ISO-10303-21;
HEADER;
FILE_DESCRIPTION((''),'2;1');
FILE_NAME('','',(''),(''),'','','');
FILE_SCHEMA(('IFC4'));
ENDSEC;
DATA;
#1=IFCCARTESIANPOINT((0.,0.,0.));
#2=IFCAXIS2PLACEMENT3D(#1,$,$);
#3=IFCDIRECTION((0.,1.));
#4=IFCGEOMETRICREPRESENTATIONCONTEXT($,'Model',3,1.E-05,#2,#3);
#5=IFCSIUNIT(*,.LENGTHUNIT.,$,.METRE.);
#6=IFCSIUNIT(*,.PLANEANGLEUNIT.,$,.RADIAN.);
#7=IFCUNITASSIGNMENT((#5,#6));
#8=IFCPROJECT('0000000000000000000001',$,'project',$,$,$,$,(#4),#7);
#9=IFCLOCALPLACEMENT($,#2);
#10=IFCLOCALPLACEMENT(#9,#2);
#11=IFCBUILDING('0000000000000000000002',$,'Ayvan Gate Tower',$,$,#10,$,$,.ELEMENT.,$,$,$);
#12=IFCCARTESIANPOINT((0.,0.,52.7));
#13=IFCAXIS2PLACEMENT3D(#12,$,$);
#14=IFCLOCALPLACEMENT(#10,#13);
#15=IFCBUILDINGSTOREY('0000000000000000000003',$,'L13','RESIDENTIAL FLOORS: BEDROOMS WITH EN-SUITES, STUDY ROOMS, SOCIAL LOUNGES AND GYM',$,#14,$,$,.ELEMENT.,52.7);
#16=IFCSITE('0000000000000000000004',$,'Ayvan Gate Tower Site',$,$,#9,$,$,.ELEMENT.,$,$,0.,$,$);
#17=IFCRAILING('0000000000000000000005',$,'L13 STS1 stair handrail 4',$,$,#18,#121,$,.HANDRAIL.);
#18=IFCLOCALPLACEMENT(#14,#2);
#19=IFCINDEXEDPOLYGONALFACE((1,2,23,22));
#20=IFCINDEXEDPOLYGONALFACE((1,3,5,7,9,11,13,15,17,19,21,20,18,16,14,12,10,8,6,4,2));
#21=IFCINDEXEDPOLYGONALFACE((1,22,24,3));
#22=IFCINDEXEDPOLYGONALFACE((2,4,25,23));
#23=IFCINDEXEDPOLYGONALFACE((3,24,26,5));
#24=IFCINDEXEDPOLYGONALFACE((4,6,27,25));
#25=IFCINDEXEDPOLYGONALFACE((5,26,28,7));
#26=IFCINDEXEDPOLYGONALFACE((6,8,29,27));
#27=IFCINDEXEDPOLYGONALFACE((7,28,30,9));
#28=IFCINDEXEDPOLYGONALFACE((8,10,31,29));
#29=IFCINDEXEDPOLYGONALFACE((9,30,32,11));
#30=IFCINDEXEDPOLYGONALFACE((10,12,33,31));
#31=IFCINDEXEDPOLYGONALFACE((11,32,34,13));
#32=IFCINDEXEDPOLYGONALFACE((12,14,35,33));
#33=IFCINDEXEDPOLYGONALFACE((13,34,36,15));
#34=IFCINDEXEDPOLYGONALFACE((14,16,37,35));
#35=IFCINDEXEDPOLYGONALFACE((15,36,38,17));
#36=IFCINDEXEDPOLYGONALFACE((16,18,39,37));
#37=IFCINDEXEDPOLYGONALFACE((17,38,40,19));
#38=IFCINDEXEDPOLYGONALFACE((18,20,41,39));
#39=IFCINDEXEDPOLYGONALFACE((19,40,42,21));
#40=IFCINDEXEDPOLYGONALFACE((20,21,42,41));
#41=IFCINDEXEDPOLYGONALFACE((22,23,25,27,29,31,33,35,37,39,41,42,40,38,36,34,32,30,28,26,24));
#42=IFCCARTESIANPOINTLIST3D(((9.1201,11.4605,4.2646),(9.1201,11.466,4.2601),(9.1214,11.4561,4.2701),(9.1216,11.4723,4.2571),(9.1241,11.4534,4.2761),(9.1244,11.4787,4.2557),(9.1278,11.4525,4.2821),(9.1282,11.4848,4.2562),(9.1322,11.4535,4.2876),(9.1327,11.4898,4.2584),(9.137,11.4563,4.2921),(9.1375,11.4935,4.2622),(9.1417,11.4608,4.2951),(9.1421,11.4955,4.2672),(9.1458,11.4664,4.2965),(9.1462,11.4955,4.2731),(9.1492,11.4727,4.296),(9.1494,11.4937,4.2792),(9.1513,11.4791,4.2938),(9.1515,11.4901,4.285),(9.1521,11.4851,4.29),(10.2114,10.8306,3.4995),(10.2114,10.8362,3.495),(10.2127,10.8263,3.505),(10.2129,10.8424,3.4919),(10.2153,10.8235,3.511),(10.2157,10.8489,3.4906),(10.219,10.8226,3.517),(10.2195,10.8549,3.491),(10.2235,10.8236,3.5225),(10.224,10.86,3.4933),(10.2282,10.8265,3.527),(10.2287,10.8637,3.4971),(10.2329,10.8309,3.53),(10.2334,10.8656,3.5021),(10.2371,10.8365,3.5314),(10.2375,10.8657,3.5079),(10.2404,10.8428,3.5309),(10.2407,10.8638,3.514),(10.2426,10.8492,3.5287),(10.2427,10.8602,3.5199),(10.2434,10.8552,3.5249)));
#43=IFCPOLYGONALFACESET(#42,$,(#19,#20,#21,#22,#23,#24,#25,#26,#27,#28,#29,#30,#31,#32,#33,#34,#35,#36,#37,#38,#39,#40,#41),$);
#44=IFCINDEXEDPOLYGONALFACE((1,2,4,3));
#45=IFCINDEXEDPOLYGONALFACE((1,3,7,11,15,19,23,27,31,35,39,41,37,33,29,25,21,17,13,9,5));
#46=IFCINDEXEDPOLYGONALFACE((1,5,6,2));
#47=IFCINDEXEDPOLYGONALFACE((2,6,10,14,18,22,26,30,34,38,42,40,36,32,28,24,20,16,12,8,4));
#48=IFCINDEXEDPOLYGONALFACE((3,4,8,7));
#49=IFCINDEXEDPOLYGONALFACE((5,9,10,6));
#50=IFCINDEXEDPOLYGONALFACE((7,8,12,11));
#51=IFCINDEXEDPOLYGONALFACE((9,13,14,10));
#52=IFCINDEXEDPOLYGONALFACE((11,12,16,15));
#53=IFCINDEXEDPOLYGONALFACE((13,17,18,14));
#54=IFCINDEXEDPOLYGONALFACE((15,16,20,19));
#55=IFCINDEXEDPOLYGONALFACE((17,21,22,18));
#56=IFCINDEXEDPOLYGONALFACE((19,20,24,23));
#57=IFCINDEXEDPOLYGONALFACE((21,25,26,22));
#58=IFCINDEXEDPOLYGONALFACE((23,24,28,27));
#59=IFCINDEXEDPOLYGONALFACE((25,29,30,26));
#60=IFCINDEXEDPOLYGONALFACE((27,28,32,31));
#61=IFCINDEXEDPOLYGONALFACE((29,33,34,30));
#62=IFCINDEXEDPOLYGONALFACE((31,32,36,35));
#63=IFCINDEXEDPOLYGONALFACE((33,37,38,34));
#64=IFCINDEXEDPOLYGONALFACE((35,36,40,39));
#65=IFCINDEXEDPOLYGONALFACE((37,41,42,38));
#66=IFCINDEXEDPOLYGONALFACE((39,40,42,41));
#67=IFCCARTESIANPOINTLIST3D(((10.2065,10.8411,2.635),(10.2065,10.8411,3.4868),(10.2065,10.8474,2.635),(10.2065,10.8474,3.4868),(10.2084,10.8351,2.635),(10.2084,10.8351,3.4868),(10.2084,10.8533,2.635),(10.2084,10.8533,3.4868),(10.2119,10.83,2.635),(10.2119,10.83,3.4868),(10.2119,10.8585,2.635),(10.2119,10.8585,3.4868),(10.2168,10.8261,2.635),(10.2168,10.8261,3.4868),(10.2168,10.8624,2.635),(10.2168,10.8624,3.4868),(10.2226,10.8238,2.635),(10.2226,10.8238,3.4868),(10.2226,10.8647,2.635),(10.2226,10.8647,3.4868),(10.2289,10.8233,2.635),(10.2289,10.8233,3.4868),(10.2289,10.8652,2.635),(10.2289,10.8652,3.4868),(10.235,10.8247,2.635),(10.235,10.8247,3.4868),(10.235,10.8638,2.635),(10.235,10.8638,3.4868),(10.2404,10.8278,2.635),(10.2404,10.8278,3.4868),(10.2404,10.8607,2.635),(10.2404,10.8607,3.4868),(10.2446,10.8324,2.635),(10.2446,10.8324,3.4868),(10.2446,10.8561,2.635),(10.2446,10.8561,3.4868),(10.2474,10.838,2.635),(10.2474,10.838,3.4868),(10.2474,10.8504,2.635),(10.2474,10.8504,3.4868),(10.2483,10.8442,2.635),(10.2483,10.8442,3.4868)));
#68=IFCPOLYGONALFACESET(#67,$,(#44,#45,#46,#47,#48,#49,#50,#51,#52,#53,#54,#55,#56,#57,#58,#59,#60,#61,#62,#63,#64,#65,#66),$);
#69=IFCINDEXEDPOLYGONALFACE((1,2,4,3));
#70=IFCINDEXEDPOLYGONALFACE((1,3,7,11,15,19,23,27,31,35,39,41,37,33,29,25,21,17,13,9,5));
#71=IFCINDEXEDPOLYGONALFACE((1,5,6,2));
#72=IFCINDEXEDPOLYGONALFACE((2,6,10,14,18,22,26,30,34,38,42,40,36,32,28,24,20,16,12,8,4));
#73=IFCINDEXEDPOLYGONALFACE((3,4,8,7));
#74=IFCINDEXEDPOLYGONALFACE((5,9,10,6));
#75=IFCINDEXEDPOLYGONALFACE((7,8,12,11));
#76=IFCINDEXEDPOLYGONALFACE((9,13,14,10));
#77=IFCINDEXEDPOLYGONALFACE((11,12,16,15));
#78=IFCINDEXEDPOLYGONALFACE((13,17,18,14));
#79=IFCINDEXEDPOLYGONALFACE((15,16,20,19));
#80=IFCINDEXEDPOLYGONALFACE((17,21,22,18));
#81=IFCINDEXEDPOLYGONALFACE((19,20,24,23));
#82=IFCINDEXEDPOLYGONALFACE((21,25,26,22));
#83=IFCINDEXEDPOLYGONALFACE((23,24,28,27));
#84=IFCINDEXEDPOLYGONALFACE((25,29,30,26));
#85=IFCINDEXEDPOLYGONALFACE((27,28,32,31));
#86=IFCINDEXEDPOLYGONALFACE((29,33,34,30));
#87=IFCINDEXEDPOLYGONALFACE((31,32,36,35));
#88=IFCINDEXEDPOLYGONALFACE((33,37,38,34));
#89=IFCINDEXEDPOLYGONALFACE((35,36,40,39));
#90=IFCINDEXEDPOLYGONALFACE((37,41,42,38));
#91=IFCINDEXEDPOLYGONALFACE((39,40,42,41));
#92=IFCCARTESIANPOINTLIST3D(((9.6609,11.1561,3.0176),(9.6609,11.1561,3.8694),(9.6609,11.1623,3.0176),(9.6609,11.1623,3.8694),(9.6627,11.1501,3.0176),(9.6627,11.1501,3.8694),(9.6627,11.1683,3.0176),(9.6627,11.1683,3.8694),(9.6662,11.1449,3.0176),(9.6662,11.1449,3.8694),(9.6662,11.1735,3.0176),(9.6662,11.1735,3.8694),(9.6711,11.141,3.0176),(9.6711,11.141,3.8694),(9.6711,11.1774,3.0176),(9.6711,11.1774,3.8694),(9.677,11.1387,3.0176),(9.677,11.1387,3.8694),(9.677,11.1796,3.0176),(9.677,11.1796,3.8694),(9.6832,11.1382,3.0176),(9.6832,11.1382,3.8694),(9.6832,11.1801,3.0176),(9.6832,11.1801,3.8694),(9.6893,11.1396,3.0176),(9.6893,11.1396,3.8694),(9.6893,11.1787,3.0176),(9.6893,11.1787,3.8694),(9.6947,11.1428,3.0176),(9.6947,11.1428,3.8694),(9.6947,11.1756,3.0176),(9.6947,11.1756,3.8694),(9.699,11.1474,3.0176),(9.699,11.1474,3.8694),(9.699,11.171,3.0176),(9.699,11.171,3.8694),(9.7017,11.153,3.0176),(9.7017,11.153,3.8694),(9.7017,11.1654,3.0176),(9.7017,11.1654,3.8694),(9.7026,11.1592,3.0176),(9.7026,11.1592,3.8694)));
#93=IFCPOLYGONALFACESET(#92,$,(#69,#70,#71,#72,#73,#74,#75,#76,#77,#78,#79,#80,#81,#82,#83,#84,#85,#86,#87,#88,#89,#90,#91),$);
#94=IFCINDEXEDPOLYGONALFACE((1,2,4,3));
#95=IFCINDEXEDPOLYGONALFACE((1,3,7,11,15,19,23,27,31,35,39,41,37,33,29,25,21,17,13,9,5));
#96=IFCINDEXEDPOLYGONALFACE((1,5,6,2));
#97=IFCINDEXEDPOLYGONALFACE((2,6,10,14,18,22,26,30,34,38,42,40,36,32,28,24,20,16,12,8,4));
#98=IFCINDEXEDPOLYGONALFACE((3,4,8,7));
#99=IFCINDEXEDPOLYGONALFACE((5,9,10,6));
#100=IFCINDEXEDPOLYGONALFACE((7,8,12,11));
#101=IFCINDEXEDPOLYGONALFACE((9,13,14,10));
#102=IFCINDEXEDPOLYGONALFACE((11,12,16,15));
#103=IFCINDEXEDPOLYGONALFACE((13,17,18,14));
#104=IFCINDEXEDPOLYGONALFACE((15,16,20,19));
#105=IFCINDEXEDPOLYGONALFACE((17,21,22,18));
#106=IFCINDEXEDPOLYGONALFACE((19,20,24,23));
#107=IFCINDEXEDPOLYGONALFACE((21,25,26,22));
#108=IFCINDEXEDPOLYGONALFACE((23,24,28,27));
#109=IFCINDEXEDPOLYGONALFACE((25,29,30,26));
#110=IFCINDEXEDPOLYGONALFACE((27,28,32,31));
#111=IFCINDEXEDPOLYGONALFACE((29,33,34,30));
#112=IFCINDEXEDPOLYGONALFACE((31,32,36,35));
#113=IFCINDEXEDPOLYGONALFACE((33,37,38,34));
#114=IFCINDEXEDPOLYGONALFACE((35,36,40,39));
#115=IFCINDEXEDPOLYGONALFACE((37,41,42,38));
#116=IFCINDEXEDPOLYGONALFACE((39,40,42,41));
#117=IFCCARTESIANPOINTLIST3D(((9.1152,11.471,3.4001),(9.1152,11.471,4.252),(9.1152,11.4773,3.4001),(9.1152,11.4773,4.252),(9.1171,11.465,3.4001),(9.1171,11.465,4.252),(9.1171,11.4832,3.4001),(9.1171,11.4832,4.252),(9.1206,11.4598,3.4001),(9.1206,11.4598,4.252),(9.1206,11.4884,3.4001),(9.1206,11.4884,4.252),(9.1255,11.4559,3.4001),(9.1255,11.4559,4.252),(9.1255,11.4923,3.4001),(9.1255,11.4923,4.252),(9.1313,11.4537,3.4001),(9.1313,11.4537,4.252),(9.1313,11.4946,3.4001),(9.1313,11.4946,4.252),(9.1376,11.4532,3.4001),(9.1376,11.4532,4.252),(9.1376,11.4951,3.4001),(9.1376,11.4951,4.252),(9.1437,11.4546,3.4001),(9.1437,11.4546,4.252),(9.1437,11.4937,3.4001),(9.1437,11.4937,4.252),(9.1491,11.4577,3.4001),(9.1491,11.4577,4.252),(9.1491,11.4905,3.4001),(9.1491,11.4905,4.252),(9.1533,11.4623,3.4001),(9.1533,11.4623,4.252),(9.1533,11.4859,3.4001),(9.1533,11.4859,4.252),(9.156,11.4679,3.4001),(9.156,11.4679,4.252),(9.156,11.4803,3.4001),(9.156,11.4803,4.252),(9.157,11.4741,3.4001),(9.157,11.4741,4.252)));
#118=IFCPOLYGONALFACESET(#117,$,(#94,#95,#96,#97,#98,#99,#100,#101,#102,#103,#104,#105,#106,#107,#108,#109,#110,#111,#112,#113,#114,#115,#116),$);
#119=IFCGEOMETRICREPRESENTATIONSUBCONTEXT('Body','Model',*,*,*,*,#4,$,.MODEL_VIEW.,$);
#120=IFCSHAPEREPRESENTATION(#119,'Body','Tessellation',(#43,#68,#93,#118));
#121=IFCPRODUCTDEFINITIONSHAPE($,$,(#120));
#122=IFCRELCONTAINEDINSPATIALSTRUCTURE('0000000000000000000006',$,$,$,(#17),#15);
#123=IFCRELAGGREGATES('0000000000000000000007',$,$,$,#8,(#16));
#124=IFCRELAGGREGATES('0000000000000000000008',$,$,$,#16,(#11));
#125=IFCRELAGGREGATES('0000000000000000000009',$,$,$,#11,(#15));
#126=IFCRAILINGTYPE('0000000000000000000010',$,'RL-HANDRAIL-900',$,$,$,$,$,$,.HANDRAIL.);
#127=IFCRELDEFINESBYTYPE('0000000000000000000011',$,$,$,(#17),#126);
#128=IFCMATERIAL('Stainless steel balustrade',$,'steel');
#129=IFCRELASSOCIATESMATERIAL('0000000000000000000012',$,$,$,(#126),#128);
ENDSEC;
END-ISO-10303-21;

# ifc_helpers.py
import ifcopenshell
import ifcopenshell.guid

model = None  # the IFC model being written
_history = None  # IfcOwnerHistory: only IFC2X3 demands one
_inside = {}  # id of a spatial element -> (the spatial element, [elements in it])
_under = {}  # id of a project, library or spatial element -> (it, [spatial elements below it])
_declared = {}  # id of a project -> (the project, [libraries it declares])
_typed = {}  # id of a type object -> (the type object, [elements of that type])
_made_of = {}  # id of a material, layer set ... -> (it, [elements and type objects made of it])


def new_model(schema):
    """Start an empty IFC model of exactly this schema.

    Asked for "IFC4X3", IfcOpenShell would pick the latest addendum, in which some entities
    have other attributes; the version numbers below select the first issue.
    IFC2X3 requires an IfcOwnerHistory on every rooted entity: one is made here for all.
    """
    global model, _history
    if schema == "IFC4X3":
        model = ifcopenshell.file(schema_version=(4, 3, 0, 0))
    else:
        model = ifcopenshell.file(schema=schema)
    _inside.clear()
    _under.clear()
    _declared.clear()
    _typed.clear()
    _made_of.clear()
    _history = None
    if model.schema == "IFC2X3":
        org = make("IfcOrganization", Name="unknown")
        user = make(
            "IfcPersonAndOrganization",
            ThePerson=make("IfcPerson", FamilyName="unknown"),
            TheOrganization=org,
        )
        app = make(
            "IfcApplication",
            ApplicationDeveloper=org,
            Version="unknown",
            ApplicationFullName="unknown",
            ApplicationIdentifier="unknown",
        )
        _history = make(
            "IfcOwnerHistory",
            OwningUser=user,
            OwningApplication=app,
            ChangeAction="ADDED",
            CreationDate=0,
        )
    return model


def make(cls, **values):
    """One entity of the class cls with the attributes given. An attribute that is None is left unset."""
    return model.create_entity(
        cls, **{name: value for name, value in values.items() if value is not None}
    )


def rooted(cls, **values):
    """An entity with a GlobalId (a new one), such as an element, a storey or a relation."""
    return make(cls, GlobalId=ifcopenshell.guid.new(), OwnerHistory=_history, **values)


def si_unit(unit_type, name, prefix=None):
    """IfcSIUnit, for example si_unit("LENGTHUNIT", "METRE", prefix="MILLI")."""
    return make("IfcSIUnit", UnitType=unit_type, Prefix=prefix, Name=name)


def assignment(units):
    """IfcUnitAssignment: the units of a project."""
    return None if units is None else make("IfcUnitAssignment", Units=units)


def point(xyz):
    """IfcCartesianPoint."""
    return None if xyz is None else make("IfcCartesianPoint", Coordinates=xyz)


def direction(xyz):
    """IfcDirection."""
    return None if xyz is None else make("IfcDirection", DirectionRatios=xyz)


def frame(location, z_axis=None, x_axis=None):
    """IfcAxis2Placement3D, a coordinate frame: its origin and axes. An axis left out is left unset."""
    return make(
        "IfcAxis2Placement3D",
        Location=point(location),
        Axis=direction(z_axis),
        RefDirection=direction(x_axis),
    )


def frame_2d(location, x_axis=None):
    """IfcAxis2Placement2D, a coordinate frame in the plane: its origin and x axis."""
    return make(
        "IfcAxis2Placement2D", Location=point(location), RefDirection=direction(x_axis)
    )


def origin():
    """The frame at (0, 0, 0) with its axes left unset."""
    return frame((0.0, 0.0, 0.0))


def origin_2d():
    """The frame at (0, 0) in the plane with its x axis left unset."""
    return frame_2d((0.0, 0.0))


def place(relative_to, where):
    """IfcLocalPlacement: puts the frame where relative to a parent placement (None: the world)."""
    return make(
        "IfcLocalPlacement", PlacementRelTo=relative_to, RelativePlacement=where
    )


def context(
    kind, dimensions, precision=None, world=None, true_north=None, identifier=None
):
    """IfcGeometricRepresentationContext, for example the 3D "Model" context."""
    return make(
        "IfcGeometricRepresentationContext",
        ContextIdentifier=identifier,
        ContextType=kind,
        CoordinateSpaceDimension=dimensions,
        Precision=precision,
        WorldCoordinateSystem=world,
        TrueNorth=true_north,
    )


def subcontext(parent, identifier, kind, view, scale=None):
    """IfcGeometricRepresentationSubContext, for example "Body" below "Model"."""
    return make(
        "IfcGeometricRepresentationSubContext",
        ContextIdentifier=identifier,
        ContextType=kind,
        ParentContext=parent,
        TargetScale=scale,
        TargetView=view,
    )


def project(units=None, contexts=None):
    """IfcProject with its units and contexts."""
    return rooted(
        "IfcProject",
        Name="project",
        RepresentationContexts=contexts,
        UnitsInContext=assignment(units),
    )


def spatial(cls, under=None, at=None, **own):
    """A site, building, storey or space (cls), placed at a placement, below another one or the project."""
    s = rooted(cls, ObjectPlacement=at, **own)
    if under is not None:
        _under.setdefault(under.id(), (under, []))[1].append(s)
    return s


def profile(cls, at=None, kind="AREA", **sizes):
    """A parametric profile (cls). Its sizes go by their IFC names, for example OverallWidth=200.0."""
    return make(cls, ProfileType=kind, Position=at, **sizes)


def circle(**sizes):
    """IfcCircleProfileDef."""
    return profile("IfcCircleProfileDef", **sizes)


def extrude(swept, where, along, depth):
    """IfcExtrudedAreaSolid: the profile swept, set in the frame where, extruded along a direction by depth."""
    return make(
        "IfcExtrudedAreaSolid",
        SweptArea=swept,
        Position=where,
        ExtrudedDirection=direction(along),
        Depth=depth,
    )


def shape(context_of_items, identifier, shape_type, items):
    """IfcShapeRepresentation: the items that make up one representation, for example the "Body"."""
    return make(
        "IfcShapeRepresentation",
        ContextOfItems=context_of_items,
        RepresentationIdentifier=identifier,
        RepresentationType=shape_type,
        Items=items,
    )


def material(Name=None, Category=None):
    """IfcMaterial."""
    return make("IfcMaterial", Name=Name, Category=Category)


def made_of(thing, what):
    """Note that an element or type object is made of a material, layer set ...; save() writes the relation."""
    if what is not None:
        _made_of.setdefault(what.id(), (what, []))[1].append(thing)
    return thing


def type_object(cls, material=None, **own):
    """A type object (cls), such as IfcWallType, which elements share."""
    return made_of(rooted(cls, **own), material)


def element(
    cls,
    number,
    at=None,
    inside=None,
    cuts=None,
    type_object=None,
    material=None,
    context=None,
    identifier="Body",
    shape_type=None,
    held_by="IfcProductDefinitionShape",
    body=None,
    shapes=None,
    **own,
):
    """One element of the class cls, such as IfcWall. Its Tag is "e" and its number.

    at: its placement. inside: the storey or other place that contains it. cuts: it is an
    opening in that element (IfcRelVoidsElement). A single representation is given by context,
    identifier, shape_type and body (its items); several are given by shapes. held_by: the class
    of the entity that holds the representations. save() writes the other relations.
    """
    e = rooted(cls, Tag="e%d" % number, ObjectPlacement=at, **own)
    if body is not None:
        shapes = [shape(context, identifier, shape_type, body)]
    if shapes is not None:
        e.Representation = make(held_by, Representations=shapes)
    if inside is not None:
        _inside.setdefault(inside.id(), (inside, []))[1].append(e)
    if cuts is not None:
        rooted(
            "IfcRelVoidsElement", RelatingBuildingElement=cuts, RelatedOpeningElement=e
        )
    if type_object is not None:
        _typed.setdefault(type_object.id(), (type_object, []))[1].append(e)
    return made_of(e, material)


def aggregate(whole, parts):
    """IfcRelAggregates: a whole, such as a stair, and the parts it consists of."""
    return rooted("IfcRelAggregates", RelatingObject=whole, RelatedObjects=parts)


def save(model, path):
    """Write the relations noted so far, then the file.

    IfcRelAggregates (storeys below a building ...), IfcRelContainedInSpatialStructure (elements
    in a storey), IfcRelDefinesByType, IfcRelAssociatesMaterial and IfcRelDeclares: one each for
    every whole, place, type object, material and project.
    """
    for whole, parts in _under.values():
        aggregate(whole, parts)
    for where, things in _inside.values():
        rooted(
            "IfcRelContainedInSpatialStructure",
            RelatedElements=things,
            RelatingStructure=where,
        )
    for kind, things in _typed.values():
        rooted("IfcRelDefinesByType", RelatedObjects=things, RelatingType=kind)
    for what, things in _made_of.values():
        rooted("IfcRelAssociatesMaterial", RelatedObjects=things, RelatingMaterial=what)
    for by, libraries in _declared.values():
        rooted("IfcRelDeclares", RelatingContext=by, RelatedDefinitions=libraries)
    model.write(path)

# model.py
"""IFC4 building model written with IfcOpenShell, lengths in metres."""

from ifc_helpers import new_model, si_unit, direction, frame, origin, origin_2d, place, context, subcontext, project, spatial, circle, extrude, material, type_object, element, save


model = new_model("IFC4")

# Units and contexts
model_context = context("Model", 3, precision=1e-05, world=origin(), true_north=direction((0.0, 1.0)))
body_context = subcontext(model_context, "Body", "Model", "MODEL_VIEW")
ifc_project = project(units=[si_unit("LENGTHUNIT", "METRE"), si_unit("PLANEANGLEUNIT", "RADIAN")], contexts=[model_context])

# Site, building, storey
site_placement = place(None, origin())
site = spatial("IfcSite", under=ifc_project, at=site_placement, Name="Ayvan Gate Tower Site", CompositionType="ELEMENT", RefElevation=0.0)
building_placement = place(site_placement, origin())
building = spatial("IfcBuilding", under=site, at=building_placement, Name="Ayvan Gate Tower", CompositionType="ELEMENT")
storey_placement = place(building_placement, frame((0.0, 0.0, 52.7)))
storey = spatial("IfcBuildingStorey", under=building, at=storey_placement, Name="L13", Description="RESIDENTIAL FLOORS: BEDROOMS WITH EN-SUITES, STUDY ROOMS, SOCIAL LOUNGES AND GYM", CompositionType="ELEMENT", Elevation=52.7)

# Railing
ifc_material_1 = material(Name="Stainless steel balustrade", Category="steel")
railing_type_1 = type_object("IfcRailingType", Name="RL-HANDRAIL-900", PredefinedType="HANDRAIL", material=ifc_material_1)
railing_1_placement = place(storey_placement, frame((10.2273, 10.8442, 2.635)))
element("IfcRailing", 1, at=railing_1_placement, inside=storey, type_object=railing_type_1, Name="L13 STS1 stair handrail 4", PredefinedType="HANDRAIL", context=body_context, shape_type="SweptSolid", body=[
    extrude(circle(Radius=0.0239, at=origin_2d()), frame((0.0, 0.0, 0.876), z_axis=(-0.740293, 0.427283, 0.519033), x_axis=(-0.49989, -0.866089, 0.0)), (0.0, 0.0, 1.0), 1.4741),
    extrude(circle(Radius=0.021, at=origin_2d()), origin(), (0.0, 0.0, 1.0), 0.8518),
    extrude(circle(Radius=0.021, at=origin_2d()), frame((-0.5457, 0.3149, 0.3826)), (0.0, 0.0, 1.0), 0.8518),
    extrude(circle(Radius=0.021, at=origin_2d()), frame((-1.0913, 0.6299, 0.7651)), (0.0, 0.0, 1.0), 0.8518),
])

save(model, "model.ifc")
